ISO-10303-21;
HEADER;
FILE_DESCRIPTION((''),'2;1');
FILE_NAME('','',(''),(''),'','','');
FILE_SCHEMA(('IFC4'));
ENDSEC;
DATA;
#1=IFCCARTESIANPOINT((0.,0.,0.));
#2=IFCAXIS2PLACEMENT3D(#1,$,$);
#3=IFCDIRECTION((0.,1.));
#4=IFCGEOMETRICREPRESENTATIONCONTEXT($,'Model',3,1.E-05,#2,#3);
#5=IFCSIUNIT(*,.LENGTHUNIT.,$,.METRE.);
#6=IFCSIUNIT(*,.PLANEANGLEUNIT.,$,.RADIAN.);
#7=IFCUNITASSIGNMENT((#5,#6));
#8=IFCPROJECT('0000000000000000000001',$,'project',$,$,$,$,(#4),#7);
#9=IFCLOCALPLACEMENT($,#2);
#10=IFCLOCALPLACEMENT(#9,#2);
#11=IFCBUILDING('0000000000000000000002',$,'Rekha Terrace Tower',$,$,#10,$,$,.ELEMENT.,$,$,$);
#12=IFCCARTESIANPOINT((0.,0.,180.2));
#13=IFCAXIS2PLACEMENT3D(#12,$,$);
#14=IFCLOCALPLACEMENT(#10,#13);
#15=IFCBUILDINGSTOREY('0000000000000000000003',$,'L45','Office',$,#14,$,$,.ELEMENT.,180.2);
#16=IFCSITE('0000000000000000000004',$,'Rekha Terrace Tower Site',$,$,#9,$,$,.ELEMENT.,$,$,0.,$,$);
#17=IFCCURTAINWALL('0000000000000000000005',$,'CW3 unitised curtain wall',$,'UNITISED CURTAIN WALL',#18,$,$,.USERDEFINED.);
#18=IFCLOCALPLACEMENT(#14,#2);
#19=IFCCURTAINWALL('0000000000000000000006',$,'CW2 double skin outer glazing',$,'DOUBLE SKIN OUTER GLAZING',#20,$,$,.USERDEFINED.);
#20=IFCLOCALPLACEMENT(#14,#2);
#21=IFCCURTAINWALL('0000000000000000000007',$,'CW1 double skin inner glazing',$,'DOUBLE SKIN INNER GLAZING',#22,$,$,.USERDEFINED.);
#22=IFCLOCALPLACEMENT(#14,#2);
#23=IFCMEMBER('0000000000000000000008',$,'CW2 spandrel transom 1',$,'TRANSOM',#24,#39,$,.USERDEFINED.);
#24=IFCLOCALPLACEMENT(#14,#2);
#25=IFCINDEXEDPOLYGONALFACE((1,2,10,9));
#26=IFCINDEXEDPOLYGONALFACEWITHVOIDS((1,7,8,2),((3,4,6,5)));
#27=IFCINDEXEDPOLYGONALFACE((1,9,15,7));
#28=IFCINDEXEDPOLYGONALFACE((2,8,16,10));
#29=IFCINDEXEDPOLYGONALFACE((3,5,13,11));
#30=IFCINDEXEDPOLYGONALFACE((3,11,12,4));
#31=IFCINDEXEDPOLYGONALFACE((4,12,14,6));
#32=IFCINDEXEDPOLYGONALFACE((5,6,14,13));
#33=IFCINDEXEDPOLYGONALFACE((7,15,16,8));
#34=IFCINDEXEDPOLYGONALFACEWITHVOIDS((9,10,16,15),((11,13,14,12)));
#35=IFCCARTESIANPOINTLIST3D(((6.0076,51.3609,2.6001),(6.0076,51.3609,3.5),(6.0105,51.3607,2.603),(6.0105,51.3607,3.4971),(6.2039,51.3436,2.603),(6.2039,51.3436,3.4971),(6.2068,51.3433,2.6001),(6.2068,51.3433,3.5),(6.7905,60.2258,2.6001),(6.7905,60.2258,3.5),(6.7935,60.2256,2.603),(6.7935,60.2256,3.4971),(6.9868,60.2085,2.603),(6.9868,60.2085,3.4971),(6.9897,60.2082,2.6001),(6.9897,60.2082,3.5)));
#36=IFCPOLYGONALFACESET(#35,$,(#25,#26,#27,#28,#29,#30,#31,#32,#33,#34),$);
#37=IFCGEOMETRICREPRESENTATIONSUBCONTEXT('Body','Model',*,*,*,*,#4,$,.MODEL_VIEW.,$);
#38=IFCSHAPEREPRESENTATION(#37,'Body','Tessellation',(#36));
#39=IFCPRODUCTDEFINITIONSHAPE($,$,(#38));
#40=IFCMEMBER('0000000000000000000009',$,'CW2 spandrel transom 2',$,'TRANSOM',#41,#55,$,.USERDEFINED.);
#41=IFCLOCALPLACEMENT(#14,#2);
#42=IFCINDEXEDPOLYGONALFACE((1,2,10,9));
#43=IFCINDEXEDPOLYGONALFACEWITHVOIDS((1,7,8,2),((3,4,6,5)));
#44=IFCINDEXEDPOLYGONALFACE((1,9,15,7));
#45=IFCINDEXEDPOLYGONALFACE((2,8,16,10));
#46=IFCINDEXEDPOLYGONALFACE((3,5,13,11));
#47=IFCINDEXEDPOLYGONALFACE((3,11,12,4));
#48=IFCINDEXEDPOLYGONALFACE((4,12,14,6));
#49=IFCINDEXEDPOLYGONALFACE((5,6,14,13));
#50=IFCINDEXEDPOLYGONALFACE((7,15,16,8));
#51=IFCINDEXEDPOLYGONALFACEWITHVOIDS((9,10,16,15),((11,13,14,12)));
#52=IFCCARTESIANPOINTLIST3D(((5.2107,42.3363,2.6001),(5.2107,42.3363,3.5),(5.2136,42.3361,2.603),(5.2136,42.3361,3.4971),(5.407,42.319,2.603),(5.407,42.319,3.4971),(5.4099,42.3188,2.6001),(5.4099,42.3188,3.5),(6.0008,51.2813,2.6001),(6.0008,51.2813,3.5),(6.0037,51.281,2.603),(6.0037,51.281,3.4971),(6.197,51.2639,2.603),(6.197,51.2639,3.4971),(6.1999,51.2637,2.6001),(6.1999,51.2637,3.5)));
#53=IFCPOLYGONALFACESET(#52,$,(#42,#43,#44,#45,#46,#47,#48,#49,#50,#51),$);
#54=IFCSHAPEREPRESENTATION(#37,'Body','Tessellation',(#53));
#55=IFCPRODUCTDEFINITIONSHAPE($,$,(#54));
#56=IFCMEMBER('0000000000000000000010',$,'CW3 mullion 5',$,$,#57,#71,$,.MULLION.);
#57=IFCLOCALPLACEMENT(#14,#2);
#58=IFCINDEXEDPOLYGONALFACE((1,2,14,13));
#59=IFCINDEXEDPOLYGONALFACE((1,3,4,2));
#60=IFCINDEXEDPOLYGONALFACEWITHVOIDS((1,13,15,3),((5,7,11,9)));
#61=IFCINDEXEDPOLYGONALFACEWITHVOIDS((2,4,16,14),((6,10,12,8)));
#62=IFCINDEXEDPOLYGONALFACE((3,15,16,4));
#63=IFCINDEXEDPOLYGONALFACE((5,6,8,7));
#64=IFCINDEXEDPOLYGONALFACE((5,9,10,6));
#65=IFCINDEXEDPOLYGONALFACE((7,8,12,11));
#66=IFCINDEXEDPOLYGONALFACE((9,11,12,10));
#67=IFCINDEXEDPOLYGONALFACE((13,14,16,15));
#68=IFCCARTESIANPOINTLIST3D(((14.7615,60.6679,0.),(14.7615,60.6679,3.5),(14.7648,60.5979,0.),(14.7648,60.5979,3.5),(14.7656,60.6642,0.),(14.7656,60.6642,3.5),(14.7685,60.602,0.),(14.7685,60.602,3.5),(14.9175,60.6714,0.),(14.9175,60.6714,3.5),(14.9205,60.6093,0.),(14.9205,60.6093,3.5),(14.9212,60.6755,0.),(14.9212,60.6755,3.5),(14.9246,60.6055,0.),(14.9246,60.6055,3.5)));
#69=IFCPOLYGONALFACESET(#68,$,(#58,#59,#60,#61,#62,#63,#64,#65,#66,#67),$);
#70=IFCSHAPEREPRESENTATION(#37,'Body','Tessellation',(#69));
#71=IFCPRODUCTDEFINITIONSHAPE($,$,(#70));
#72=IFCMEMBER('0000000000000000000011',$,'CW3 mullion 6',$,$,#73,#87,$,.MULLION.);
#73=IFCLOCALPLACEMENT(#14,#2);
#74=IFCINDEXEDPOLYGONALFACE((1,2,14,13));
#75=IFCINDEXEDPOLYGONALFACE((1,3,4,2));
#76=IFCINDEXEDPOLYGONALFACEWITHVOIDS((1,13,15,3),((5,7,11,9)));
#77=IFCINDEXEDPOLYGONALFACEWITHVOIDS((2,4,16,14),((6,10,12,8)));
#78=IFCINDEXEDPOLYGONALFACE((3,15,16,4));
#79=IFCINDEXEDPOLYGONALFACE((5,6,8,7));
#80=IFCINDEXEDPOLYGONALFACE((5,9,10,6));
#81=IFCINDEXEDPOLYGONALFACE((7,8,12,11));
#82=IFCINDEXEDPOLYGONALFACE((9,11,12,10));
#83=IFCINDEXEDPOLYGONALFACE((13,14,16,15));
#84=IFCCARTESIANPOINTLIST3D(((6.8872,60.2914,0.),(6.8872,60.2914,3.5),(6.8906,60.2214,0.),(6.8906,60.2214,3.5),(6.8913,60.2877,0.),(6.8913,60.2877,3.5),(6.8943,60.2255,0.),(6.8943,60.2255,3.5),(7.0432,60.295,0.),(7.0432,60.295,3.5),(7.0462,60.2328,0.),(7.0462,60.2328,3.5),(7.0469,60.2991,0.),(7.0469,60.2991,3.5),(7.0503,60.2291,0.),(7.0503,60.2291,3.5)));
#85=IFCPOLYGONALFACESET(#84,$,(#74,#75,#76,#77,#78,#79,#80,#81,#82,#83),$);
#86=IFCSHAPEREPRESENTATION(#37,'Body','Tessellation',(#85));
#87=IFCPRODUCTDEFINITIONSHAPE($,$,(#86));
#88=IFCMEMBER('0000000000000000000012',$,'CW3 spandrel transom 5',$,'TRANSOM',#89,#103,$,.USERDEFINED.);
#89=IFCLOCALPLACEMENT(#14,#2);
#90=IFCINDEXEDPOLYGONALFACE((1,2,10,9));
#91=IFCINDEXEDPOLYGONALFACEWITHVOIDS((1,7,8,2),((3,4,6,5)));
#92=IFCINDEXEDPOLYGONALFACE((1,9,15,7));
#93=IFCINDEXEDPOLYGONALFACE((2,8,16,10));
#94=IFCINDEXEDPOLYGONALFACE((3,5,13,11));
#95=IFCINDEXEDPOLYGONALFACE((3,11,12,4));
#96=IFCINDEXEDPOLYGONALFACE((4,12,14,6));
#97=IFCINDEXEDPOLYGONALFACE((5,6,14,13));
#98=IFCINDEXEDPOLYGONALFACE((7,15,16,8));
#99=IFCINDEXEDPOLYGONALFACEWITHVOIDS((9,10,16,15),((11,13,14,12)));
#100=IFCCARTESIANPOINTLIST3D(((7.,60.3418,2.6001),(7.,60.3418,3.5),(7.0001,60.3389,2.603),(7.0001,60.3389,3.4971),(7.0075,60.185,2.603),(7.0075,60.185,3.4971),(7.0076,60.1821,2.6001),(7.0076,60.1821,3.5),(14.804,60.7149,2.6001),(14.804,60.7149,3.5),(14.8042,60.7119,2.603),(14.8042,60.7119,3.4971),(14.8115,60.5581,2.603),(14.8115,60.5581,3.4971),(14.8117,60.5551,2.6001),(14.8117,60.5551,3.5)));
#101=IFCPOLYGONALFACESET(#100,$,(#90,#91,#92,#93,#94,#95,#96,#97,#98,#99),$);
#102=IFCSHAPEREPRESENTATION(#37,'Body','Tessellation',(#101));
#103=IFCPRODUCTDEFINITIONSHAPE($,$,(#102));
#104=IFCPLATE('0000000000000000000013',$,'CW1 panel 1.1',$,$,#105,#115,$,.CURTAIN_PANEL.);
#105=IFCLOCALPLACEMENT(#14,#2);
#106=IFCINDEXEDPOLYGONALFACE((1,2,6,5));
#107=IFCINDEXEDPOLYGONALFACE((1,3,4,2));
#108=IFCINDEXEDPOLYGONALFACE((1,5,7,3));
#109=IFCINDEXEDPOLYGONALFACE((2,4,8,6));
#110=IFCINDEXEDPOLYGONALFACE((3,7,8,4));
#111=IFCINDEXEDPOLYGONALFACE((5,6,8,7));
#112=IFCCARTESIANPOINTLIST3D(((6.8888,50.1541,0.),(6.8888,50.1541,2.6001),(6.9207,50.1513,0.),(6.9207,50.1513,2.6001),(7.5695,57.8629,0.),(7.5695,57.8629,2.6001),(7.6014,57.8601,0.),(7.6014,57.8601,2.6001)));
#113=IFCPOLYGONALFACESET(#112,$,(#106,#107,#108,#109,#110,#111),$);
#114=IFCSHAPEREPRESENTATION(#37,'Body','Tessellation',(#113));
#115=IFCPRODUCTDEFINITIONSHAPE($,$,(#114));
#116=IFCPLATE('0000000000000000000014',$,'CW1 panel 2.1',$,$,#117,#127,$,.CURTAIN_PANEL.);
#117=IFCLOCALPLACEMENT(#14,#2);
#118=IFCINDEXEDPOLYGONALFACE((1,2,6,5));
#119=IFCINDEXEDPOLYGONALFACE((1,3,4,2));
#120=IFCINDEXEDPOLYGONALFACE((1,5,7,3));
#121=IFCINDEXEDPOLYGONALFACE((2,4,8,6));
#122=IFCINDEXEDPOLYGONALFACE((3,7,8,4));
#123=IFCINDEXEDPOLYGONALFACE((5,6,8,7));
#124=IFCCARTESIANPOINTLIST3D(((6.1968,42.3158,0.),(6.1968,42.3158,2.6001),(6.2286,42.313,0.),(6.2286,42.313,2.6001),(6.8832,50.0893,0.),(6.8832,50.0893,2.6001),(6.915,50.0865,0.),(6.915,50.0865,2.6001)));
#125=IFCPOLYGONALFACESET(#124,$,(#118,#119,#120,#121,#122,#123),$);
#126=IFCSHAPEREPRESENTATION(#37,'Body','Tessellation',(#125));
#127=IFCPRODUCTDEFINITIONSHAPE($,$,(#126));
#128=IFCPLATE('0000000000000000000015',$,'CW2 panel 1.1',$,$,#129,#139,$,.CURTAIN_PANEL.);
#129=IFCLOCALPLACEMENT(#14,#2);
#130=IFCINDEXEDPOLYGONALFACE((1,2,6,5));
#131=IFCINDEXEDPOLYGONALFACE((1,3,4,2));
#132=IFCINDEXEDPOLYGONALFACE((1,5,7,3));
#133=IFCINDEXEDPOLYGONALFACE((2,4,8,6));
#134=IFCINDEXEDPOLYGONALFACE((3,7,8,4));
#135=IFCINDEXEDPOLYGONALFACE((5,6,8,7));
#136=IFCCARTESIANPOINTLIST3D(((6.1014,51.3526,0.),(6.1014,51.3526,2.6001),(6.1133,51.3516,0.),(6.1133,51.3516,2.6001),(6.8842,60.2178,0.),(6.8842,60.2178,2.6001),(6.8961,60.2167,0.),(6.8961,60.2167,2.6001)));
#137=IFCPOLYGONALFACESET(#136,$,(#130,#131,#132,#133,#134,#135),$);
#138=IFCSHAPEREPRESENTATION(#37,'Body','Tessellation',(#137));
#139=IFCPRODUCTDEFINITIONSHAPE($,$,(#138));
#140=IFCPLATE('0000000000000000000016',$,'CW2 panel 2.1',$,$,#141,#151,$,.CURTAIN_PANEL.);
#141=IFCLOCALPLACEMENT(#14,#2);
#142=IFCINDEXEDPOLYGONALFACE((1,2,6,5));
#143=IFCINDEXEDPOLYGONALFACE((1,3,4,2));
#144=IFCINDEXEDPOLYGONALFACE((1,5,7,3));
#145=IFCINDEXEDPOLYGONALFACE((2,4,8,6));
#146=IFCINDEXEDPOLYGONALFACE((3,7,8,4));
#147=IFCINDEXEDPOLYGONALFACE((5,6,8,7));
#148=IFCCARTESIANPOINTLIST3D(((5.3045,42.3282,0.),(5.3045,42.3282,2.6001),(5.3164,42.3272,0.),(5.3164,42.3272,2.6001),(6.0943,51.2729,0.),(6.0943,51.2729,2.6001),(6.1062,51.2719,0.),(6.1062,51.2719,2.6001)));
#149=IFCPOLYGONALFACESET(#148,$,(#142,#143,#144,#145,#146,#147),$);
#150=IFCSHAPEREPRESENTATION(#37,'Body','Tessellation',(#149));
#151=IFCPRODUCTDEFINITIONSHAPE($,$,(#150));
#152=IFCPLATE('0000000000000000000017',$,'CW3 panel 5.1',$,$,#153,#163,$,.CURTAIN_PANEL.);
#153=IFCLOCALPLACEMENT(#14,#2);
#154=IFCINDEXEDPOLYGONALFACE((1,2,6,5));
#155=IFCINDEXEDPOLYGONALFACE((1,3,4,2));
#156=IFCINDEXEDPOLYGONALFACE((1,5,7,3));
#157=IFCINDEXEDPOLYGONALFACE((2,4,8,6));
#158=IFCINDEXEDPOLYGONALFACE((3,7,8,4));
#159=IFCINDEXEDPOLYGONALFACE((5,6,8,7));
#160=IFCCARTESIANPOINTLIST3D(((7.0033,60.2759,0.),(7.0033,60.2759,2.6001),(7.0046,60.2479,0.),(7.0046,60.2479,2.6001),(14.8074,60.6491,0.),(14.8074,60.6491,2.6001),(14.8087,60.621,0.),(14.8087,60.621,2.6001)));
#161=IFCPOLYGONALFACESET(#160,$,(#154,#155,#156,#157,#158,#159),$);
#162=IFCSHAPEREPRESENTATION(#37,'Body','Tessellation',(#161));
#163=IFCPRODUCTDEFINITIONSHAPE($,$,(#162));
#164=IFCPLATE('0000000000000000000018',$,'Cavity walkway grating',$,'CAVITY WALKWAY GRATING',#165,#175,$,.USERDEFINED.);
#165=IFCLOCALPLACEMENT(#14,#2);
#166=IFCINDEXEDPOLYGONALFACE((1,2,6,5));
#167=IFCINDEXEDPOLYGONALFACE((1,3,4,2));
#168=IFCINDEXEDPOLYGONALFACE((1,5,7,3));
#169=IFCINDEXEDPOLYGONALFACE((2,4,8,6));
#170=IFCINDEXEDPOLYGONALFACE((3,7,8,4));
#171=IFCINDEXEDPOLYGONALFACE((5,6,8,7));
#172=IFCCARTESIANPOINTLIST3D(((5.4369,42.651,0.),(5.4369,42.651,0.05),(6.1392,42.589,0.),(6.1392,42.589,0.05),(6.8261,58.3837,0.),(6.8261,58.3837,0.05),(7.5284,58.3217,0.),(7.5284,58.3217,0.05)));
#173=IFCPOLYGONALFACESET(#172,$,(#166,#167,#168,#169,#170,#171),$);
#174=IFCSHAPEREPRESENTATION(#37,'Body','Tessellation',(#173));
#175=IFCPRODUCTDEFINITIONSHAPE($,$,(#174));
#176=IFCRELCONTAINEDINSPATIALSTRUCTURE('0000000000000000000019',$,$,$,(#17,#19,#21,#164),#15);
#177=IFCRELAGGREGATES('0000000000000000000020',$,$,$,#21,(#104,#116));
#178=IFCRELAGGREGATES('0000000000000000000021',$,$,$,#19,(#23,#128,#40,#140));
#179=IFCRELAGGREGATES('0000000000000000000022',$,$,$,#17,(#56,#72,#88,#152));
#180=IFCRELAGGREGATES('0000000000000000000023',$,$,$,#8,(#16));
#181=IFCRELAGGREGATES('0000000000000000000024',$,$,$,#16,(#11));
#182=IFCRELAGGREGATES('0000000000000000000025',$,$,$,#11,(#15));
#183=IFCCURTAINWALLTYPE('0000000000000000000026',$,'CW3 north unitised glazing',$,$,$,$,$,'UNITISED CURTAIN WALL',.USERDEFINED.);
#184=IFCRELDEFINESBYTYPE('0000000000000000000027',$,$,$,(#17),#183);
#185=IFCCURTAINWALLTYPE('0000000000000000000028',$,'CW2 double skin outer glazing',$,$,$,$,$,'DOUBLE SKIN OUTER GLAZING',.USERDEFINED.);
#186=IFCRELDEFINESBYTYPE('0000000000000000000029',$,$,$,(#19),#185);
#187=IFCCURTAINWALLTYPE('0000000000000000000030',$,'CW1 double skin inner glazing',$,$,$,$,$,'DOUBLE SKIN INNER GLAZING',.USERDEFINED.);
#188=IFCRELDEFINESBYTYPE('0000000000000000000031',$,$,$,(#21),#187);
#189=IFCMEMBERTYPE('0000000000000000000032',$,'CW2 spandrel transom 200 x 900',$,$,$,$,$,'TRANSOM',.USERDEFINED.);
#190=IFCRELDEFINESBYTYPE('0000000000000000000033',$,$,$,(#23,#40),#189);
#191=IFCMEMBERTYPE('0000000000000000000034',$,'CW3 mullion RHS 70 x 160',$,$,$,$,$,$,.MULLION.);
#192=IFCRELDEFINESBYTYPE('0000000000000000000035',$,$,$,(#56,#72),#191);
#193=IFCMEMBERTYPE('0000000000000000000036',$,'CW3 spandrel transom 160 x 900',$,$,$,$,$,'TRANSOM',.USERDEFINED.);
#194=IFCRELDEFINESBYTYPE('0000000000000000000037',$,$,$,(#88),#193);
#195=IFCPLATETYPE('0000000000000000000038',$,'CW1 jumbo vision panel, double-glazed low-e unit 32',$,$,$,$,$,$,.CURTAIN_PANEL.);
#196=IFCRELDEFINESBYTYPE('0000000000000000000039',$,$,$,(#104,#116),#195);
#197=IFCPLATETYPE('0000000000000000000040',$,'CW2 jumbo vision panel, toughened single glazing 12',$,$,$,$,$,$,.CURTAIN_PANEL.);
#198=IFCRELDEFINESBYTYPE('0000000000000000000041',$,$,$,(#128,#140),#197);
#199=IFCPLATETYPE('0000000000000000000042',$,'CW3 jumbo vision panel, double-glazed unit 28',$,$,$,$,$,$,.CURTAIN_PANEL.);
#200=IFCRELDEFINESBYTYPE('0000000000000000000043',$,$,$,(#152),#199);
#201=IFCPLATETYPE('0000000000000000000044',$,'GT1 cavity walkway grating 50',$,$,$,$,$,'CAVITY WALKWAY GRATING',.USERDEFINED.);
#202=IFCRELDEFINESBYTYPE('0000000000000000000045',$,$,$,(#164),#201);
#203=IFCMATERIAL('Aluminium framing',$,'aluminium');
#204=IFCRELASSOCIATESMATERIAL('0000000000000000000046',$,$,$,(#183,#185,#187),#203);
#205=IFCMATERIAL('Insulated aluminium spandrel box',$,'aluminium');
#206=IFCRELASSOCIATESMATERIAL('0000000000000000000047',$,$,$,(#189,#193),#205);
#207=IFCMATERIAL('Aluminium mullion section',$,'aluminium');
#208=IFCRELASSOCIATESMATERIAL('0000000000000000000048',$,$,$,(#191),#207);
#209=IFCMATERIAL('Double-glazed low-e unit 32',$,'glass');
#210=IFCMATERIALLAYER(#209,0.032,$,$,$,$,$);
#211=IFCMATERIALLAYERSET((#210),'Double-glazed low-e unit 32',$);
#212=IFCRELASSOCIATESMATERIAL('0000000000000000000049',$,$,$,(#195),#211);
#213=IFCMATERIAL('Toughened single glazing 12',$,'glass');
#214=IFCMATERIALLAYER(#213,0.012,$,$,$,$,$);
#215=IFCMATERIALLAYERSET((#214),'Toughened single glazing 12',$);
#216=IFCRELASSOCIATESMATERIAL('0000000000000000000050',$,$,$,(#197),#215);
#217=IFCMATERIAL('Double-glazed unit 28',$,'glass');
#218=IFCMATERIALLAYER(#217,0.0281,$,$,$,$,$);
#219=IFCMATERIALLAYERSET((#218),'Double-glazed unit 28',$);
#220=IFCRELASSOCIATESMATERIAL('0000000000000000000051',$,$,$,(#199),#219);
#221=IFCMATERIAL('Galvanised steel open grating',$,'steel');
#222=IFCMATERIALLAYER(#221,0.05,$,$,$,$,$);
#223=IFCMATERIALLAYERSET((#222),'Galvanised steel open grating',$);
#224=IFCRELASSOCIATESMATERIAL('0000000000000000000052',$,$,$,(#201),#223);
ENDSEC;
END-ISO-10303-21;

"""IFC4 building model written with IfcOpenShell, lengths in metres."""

from ifc_helpers import new_model, si_unit, direction, frame, origin, origin_2d, place, context, subcontext, project, spatial, rectangle, hollow_rectangle, extrude, material, layer, layer_set, material_profile, profile_set, type_object, element, aggregate, save


model = new_model("IFC4")

# Units and contexts
model_context = context("Model", 3, precision=1e-05, world=origin(), true_north=direction((0.0, 1.0)))
body_context = subcontext(model_context, "Body", "Model", "MODEL_VIEW")
ifc_project = project(units=[si_unit("LENGTHUNIT", "METRE"), si_unit("PLANEANGLEUNIT", "RADIAN")], contexts=[model_context])

# Site, building, storey
site_placement = place(None, origin())
site = spatial("IfcSite", under=ifc_project, at=site_placement, Name="Rekha Terrace Tower Site", CompositionType="ELEMENT", RefElevation=0.0)
building_placement = place(site_placement, origin())
building = spatial("IfcBuilding", under=site, at=building_placement, Name="Rekha Terrace Tower", CompositionType="ELEMENT")
storey_placement = place(building_placement, frame((0.0, 0.0, 180.2)))
storey = spatial("IfcBuildingStorey", under=building, at=storey_placement, Name="L45", Description="Office", CompositionType="ELEMENT", Elevation=180.2)

# Curtain walls
ifc_material_1 = material(Name="Aluminium framing", Category="aluminium")
curtain_wall_type_1 = type_object("IfcCurtainWallType", Name="CW3 north unitised glazing", ElementType="UNITISED CURTAIN WALL", PredefinedType="USERDEFINED", material=ifc_material_1)
curtain_wall_1_placement = place(storey_placement, origin())
curtain_wall_1 = element("IfcCurtainWall", 1, at=curtain_wall_1_placement, inside=storey, type_object=curtain_wall_type_1, Name="CW3 unitised curtain wall", ObjectType="UNITISED CURTAIN WALL", PredefinedType="USERDEFINED")
curtain_wall_type_2 = type_object("IfcCurtainWallType", Name="CW2 double skin outer glazing", ElementType="DOUBLE SKIN OUTER GLAZING", PredefinedType="USERDEFINED", material=ifc_material_1)
curtain_wall_2_placement = place(storey_placement, origin())
curtain_wall_2 = element("IfcCurtainWall", 2, at=curtain_wall_2_placement, inside=storey, type_object=curtain_wall_type_2, Name="CW2 double skin outer glazing", ObjectType="DOUBLE SKIN OUTER GLAZING", PredefinedType="USERDEFINED")

# Curtain wall
curtain_wall_type_3 = type_object("IfcCurtainWallType", Name="CW1 double skin inner glazing", ElementType="DOUBLE SKIN INNER GLAZING", PredefinedType="USERDEFINED", material=ifc_material_1)
curtain_wall_3_placement = place(storey_placement, origin())
curtain_wall_3 = element("IfcCurtainWall", 3, at=curtain_wall_3_placement, inside=storey, type_object=curtain_wall_type_3, Name="CW1 double skin inner glazing", ObjectType="DOUBLE SKIN INNER GLAZING", PredefinedType="USERDEFINED")
ifc_material_2 = material(Name="Aluminium mullion section", Category="aluminium")
ifc_material_3 = material(Name="Insulated aluminium spandrel box", Category="aluminium")

# Members
ifc_material_profile_1 = material_profile(ifc_material_3, hollow_rectangle(XDim=0.2, YDim=0.8999, WallThickness=0.0029, at=origin_2d()), Name="AL SPANDREL BOX 200x900")
ifc_profile_set_1 = profile_set([ifc_material_profile_1], Name="Insulated aluminium spandrel box")
member_type_1 = type_object("IfcMemberType", Name="CW2 spandrel transom 200 x 900", ElementType="TRANSOM", PredefinedType="USERDEFINED", material=ifc_profile_set_1)
member_1_placement = place(storey_placement, frame((6.8901, 60.217, 3.05), z_axis=(-0.087978, -0.996122, 0.0), x_axis=(0.996122, -0.087978, 0.0)))
member_1 = element("IfcMember", 4, at=member_1_placement, type_object=member_type_1, Name="CW2 spandrel transom 1", ObjectType="TRANSOM", PredefinedType="USERDEFINED", context=body_context, shape_type="SweptSolid", body=[
    extrude(hollow_rectangle(XDim=0.2, YDim=0.8999, WallThickness=0.0029, at=origin_2d()), origin(), (0.0, 0.0, 1.0), 8.8994),
])
member_2_placement = place(storey_placement, frame((6.1003, 51.2725, 3.05), z_axis=(-0.087981, -0.996122, 0.0), x_axis=(0.996122, -0.087981, 0.0)))
member_2 = element("IfcMember", 5, at=member_2_placement, type_object=member_type_1, Name="CW2 spandrel transom 2", ObjectType="TRANSOM", PredefinedType="USERDEFINED", context=body_context, shape_type="SweptSolid", body=[
    extrude(hollow_rectangle(XDim=0.2, YDim=0.8999, WallThickness=0.0029, at=origin_2d()), origin(), (0.0, 0.0, 1.0), 8.9797),
])
ifc_material_profile_2 = material_profile(ifc_material_2, hollow_rectangle(XDim=0.0701, YDim=0.1599, WallThickness=0.0039, at=origin_2d()), Name="AL RHS 70x160")
ifc_profile_set_2 = profile_set([ifc_material_profile_2], Name="Aluminium mullion section")
member_type_2 = type_object("IfcMemberType", Name="CW3 mullion RHS 70 x 160", PredefinedType="MULLION", material=ifc_profile_set_2)
member_3_placement = place(storey_placement, frame((14.843, 60.6367, 0.0), z_axis=(0.0, 0.0, 1.0), x_axis=(0.047759, -0.998859, 0.0)))
member_3 = element("IfcMember", 6, at=member_3_placement, type_object=member_type_2, Name="CW3 mullion 5", PredefinedType="MULLION", context=body_context, shape_type="SweptSolid", body=[
    extrude(hollow_rectangle(XDim=0.0701, YDim=0.1599, WallThickness=0.0039, at=origin_2d()), origin(), (0.0, 0.0, 1.0), 3.5),
])
member_4_placement = place(storey_placement, frame((6.9688, 60.2603, 0.0), z_axis=(0.0, 0.0, 1.0), x_axis=(0.047759, -0.998859, 0.0)))
member_4 = element("IfcMember", 7, at=member_4_placement, type_object=member_type_2, Name="CW3 mullion 6", PredefinedType="MULLION", context=body_context, shape_type="SweptSolid", body=[
    extrude(hollow_rectangle(XDim=0.0701, YDim=0.1599, WallThickness=0.0039, at=origin_2d()), origin(), (0.0, 0.0, 1.0), 3.5),
])
ifc_material_profile_3 = material_profile(ifc_material_3, hollow_rectangle(XDim=0.1599, YDim=0.8999, WallThickness=0.0029, at=origin_2d()), Name="AL SPANDREL BOX 160x900")
ifc_profile_set_3 = profile_set([ifc_material_profile_3], Name="Insulated aluminium spandrel box")
member_type_3 = type_object("IfcMemberType", Name="CW3 spandrel transom 160 x 900", ElementType="TRANSOM", PredefinedType="USERDEFINED", material=ifc_profile_set_3)
member_5_placement = place(storey_placement, frame((14.8079, 60.635, 3.05), z_axis=(-0.998859, -0.047748, 0.0), x_axis=(0.047748, -0.998859, 0.0)))
member_5 = element("IfcMember", 8, at=member_5_placement, type_object=member_type_3, Name="CW3 spandrel transom 5", ObjectType="TRANSOM", PredefinedType="USERDEFINED", context=body_context, shape_type="SweptSolid", body=[
    extrude(hollow_rectangle(XDim=0.1599, YDim=0.8999, WallThickness=0.0029, at=origin_2d()), origin(), (0.0, 0.0, 1.0), 7.813),
])

# Plates
ifc_material_4 = material(Name="Double-glazed low-e unit 32", Category="glass")
ifc_layer_1 = layer(ifc_material_4, 0.032)
ifc_layer_set_1 = layer_set([ifc_layer_1], Name="Double-glazed low-e unit 32")
plate_type_1 = type_object("IfcPlateType", Name="CW1 jumbo vision panel, double-glazed low-e unit 32", PredefinedType="CURTAIN_PANEL", material=ifc_layer_set_1)
plate_1_placement = place(storey_placement, frame((7.2451, 54.0071, 0.0), z_axis=(0.0, 0.0, 1.0), x_axis=(-0.087958, -0.996124, 0.0)))
plate_1 = element("IfcPlate", 9, at=plate_1_placement, type_object=plate_type_1, Name="CW1 panel 1.1", PredefinedType="CURTAIN_PANEL", context=body_context, shape_type="SweptSolid", body=[
    extrude(rectangle(XDim=7.7388, YDim=0.032, at=origin_2d()), origin(), (0.0, 0.0, 1.0), 2.6001),
])
plate_2_placement = place(storey_placement, frame((6.5559, 46.2012, 0.0), z_axis=(0.0, 0.0, 1.0), x_axis=(-0.087958, -0.996124, 0.0)))
plate_2 = element("IfcPlate", 10, at=plate_2_placement, type_object=plate_type_1, Name="CW1 panel 2.1", PredefinedType="CURTAIN_PANEL", context=body_context, shape_type="SweptSolid", body=[
    extrude(rectangle(XDim=7.8037, YDim=0.032, at=origin_2d()), origin(), (0.0, 0.0, 1.0), 2.6001),
])
aggregate(curtain_wall_3, [plate_1, plate_2])
ifc_material_5 = material(Name="Toughened single glazing 12", Category="glass")
ifc_layer_2 = layer(ifc_material_5, 0.012)
ifc_layer_set_2 = layer_set([ifc_layer_2], Name="Toughened single glazing 12")
plate_type_2 = type_object("IfcPlateType", Name="CW2 jumbo vision panel, toughened single glazing 12", PredefinedType="CURTAIN_PANEL", material=ifc_layer_set_2)
plate_3_placement = place(storey_placement, frame((6.4988, 55.7847, 0.0), z_axis=(0.0, 0.0, 1.0), x_axis=(-0.087958, -0.996124, 0.0)))
plate_3 = element("IfcPlate", 11, at=plate_3_placement, type_object=plate_type_2, Name="CW2 panel 1.1", PredefinedType="CURTAIN_PANEL", context=body_context, shape_type="SweptSolid", body=[
    extrude(rectangle(XDim=8.8997, YDim=0.012, at=origin_2d()), origin(), (0.0, 0.0, 1.0), 2.6001),
])
plate_4_placement = place(storey_placement, frame((5.7053, 46.8, 0.0), z_axis=(0.0, 0.0, 1.0), x_axis=(-0.087958, -0.996124, 0.0)))
plate_4 = element("IfcPlate", 12, at=plate_4_placement, type_object=plate_type_2, Name="CW2 panel 2.1", PredefinedType="CURTAIN_PANEL", context=body_context, shape_type="SweptSolid", body=[
    extrude(rectangle(XDim=8.9795, YDim=0.012, at=origin_2d()), origin(), (0.0, 0.0, 1.0), 2.6001),
])
aggregate(curtain_wall_2, [member_1, plate_3, member_2, plate_4])
ifc_material_6 = material(Name="Double-glazed unit 28", Category="glass")
ifc_layer_3 = layer(ifc_material_6, 0.0281)
ifc_layer_set_3 = layer_set([ifc_layer_3], Name="Double-glazed unit 28")
plate_type_3 = type_object("IfcPlateType", Name="CW3 jumbo vision panel, double-glazed unit 28", PredefinedType="CURTAIN_PANEL", material=ifc_layer_set_3)
plate_5_placement = place(storey_placement, frame((10.906, 60.4485, 0.0), z_axis=(0.0, 0.0, 1.0), x_axis=(-0.998859, -0.047759, 0.0)))
plate_5 = element("IfcPlate", 13, at=plate_5_placement, type_object=plate_type_3, Name="CW3 panel 5.1", PredefinedType="CURTAIN_PANEL", context=body_context, shape_type="SweptSolid", body=[
    extrude(rectangle(XDim=7.813, YDim=0.0281, at=origin_2d()), origin(), (0.0, 0.0, 1.0), 2.6001),
])
aggregate(curtain_wall_1, [member_3, member_4, member_5, plate_5])
ifc_material_7 = material(Name="Galvanised steel open grating", Category="steel")
ifc_layer_4 = layer(ifc_material_7, 0.05)
ifc_layer_set_4 = layer_set([ifc_layer_4], Name="Galvanised steel open grating")
plate_type_4 = type_object("IfcPlateType", Name="GT1 cavity walkway grating 50", ElementType="CAVITY WALKWAY GRATING", PredefinedType="USERDEFINED", material=ifc_layer_set_4)
plate_6_placement = place(storey_placement, frame((6.4827, 50.4863, 0.0), z_axis=(0.0, 0.0, 1.0), x_axis=(-0.087958, -0.996124, 0.0)))
element("IfcPlate", 14, at=plate_6_placement, inside=storey, type_object=plate_type_4, Name="Cavity walkway grating", ObjectType="CAVITY WALKWAY GRATING", PredefinedType="USERDEFINED", context=body_context, shape_type="SweptSolid", body=[
    extrude(rectangle(XDim=15.7939, YDim=0.7051, at=origin_2d()), origin(), (0.0, 0.0, 1.0), 0.05),
])

save(model, "model.ifc")
